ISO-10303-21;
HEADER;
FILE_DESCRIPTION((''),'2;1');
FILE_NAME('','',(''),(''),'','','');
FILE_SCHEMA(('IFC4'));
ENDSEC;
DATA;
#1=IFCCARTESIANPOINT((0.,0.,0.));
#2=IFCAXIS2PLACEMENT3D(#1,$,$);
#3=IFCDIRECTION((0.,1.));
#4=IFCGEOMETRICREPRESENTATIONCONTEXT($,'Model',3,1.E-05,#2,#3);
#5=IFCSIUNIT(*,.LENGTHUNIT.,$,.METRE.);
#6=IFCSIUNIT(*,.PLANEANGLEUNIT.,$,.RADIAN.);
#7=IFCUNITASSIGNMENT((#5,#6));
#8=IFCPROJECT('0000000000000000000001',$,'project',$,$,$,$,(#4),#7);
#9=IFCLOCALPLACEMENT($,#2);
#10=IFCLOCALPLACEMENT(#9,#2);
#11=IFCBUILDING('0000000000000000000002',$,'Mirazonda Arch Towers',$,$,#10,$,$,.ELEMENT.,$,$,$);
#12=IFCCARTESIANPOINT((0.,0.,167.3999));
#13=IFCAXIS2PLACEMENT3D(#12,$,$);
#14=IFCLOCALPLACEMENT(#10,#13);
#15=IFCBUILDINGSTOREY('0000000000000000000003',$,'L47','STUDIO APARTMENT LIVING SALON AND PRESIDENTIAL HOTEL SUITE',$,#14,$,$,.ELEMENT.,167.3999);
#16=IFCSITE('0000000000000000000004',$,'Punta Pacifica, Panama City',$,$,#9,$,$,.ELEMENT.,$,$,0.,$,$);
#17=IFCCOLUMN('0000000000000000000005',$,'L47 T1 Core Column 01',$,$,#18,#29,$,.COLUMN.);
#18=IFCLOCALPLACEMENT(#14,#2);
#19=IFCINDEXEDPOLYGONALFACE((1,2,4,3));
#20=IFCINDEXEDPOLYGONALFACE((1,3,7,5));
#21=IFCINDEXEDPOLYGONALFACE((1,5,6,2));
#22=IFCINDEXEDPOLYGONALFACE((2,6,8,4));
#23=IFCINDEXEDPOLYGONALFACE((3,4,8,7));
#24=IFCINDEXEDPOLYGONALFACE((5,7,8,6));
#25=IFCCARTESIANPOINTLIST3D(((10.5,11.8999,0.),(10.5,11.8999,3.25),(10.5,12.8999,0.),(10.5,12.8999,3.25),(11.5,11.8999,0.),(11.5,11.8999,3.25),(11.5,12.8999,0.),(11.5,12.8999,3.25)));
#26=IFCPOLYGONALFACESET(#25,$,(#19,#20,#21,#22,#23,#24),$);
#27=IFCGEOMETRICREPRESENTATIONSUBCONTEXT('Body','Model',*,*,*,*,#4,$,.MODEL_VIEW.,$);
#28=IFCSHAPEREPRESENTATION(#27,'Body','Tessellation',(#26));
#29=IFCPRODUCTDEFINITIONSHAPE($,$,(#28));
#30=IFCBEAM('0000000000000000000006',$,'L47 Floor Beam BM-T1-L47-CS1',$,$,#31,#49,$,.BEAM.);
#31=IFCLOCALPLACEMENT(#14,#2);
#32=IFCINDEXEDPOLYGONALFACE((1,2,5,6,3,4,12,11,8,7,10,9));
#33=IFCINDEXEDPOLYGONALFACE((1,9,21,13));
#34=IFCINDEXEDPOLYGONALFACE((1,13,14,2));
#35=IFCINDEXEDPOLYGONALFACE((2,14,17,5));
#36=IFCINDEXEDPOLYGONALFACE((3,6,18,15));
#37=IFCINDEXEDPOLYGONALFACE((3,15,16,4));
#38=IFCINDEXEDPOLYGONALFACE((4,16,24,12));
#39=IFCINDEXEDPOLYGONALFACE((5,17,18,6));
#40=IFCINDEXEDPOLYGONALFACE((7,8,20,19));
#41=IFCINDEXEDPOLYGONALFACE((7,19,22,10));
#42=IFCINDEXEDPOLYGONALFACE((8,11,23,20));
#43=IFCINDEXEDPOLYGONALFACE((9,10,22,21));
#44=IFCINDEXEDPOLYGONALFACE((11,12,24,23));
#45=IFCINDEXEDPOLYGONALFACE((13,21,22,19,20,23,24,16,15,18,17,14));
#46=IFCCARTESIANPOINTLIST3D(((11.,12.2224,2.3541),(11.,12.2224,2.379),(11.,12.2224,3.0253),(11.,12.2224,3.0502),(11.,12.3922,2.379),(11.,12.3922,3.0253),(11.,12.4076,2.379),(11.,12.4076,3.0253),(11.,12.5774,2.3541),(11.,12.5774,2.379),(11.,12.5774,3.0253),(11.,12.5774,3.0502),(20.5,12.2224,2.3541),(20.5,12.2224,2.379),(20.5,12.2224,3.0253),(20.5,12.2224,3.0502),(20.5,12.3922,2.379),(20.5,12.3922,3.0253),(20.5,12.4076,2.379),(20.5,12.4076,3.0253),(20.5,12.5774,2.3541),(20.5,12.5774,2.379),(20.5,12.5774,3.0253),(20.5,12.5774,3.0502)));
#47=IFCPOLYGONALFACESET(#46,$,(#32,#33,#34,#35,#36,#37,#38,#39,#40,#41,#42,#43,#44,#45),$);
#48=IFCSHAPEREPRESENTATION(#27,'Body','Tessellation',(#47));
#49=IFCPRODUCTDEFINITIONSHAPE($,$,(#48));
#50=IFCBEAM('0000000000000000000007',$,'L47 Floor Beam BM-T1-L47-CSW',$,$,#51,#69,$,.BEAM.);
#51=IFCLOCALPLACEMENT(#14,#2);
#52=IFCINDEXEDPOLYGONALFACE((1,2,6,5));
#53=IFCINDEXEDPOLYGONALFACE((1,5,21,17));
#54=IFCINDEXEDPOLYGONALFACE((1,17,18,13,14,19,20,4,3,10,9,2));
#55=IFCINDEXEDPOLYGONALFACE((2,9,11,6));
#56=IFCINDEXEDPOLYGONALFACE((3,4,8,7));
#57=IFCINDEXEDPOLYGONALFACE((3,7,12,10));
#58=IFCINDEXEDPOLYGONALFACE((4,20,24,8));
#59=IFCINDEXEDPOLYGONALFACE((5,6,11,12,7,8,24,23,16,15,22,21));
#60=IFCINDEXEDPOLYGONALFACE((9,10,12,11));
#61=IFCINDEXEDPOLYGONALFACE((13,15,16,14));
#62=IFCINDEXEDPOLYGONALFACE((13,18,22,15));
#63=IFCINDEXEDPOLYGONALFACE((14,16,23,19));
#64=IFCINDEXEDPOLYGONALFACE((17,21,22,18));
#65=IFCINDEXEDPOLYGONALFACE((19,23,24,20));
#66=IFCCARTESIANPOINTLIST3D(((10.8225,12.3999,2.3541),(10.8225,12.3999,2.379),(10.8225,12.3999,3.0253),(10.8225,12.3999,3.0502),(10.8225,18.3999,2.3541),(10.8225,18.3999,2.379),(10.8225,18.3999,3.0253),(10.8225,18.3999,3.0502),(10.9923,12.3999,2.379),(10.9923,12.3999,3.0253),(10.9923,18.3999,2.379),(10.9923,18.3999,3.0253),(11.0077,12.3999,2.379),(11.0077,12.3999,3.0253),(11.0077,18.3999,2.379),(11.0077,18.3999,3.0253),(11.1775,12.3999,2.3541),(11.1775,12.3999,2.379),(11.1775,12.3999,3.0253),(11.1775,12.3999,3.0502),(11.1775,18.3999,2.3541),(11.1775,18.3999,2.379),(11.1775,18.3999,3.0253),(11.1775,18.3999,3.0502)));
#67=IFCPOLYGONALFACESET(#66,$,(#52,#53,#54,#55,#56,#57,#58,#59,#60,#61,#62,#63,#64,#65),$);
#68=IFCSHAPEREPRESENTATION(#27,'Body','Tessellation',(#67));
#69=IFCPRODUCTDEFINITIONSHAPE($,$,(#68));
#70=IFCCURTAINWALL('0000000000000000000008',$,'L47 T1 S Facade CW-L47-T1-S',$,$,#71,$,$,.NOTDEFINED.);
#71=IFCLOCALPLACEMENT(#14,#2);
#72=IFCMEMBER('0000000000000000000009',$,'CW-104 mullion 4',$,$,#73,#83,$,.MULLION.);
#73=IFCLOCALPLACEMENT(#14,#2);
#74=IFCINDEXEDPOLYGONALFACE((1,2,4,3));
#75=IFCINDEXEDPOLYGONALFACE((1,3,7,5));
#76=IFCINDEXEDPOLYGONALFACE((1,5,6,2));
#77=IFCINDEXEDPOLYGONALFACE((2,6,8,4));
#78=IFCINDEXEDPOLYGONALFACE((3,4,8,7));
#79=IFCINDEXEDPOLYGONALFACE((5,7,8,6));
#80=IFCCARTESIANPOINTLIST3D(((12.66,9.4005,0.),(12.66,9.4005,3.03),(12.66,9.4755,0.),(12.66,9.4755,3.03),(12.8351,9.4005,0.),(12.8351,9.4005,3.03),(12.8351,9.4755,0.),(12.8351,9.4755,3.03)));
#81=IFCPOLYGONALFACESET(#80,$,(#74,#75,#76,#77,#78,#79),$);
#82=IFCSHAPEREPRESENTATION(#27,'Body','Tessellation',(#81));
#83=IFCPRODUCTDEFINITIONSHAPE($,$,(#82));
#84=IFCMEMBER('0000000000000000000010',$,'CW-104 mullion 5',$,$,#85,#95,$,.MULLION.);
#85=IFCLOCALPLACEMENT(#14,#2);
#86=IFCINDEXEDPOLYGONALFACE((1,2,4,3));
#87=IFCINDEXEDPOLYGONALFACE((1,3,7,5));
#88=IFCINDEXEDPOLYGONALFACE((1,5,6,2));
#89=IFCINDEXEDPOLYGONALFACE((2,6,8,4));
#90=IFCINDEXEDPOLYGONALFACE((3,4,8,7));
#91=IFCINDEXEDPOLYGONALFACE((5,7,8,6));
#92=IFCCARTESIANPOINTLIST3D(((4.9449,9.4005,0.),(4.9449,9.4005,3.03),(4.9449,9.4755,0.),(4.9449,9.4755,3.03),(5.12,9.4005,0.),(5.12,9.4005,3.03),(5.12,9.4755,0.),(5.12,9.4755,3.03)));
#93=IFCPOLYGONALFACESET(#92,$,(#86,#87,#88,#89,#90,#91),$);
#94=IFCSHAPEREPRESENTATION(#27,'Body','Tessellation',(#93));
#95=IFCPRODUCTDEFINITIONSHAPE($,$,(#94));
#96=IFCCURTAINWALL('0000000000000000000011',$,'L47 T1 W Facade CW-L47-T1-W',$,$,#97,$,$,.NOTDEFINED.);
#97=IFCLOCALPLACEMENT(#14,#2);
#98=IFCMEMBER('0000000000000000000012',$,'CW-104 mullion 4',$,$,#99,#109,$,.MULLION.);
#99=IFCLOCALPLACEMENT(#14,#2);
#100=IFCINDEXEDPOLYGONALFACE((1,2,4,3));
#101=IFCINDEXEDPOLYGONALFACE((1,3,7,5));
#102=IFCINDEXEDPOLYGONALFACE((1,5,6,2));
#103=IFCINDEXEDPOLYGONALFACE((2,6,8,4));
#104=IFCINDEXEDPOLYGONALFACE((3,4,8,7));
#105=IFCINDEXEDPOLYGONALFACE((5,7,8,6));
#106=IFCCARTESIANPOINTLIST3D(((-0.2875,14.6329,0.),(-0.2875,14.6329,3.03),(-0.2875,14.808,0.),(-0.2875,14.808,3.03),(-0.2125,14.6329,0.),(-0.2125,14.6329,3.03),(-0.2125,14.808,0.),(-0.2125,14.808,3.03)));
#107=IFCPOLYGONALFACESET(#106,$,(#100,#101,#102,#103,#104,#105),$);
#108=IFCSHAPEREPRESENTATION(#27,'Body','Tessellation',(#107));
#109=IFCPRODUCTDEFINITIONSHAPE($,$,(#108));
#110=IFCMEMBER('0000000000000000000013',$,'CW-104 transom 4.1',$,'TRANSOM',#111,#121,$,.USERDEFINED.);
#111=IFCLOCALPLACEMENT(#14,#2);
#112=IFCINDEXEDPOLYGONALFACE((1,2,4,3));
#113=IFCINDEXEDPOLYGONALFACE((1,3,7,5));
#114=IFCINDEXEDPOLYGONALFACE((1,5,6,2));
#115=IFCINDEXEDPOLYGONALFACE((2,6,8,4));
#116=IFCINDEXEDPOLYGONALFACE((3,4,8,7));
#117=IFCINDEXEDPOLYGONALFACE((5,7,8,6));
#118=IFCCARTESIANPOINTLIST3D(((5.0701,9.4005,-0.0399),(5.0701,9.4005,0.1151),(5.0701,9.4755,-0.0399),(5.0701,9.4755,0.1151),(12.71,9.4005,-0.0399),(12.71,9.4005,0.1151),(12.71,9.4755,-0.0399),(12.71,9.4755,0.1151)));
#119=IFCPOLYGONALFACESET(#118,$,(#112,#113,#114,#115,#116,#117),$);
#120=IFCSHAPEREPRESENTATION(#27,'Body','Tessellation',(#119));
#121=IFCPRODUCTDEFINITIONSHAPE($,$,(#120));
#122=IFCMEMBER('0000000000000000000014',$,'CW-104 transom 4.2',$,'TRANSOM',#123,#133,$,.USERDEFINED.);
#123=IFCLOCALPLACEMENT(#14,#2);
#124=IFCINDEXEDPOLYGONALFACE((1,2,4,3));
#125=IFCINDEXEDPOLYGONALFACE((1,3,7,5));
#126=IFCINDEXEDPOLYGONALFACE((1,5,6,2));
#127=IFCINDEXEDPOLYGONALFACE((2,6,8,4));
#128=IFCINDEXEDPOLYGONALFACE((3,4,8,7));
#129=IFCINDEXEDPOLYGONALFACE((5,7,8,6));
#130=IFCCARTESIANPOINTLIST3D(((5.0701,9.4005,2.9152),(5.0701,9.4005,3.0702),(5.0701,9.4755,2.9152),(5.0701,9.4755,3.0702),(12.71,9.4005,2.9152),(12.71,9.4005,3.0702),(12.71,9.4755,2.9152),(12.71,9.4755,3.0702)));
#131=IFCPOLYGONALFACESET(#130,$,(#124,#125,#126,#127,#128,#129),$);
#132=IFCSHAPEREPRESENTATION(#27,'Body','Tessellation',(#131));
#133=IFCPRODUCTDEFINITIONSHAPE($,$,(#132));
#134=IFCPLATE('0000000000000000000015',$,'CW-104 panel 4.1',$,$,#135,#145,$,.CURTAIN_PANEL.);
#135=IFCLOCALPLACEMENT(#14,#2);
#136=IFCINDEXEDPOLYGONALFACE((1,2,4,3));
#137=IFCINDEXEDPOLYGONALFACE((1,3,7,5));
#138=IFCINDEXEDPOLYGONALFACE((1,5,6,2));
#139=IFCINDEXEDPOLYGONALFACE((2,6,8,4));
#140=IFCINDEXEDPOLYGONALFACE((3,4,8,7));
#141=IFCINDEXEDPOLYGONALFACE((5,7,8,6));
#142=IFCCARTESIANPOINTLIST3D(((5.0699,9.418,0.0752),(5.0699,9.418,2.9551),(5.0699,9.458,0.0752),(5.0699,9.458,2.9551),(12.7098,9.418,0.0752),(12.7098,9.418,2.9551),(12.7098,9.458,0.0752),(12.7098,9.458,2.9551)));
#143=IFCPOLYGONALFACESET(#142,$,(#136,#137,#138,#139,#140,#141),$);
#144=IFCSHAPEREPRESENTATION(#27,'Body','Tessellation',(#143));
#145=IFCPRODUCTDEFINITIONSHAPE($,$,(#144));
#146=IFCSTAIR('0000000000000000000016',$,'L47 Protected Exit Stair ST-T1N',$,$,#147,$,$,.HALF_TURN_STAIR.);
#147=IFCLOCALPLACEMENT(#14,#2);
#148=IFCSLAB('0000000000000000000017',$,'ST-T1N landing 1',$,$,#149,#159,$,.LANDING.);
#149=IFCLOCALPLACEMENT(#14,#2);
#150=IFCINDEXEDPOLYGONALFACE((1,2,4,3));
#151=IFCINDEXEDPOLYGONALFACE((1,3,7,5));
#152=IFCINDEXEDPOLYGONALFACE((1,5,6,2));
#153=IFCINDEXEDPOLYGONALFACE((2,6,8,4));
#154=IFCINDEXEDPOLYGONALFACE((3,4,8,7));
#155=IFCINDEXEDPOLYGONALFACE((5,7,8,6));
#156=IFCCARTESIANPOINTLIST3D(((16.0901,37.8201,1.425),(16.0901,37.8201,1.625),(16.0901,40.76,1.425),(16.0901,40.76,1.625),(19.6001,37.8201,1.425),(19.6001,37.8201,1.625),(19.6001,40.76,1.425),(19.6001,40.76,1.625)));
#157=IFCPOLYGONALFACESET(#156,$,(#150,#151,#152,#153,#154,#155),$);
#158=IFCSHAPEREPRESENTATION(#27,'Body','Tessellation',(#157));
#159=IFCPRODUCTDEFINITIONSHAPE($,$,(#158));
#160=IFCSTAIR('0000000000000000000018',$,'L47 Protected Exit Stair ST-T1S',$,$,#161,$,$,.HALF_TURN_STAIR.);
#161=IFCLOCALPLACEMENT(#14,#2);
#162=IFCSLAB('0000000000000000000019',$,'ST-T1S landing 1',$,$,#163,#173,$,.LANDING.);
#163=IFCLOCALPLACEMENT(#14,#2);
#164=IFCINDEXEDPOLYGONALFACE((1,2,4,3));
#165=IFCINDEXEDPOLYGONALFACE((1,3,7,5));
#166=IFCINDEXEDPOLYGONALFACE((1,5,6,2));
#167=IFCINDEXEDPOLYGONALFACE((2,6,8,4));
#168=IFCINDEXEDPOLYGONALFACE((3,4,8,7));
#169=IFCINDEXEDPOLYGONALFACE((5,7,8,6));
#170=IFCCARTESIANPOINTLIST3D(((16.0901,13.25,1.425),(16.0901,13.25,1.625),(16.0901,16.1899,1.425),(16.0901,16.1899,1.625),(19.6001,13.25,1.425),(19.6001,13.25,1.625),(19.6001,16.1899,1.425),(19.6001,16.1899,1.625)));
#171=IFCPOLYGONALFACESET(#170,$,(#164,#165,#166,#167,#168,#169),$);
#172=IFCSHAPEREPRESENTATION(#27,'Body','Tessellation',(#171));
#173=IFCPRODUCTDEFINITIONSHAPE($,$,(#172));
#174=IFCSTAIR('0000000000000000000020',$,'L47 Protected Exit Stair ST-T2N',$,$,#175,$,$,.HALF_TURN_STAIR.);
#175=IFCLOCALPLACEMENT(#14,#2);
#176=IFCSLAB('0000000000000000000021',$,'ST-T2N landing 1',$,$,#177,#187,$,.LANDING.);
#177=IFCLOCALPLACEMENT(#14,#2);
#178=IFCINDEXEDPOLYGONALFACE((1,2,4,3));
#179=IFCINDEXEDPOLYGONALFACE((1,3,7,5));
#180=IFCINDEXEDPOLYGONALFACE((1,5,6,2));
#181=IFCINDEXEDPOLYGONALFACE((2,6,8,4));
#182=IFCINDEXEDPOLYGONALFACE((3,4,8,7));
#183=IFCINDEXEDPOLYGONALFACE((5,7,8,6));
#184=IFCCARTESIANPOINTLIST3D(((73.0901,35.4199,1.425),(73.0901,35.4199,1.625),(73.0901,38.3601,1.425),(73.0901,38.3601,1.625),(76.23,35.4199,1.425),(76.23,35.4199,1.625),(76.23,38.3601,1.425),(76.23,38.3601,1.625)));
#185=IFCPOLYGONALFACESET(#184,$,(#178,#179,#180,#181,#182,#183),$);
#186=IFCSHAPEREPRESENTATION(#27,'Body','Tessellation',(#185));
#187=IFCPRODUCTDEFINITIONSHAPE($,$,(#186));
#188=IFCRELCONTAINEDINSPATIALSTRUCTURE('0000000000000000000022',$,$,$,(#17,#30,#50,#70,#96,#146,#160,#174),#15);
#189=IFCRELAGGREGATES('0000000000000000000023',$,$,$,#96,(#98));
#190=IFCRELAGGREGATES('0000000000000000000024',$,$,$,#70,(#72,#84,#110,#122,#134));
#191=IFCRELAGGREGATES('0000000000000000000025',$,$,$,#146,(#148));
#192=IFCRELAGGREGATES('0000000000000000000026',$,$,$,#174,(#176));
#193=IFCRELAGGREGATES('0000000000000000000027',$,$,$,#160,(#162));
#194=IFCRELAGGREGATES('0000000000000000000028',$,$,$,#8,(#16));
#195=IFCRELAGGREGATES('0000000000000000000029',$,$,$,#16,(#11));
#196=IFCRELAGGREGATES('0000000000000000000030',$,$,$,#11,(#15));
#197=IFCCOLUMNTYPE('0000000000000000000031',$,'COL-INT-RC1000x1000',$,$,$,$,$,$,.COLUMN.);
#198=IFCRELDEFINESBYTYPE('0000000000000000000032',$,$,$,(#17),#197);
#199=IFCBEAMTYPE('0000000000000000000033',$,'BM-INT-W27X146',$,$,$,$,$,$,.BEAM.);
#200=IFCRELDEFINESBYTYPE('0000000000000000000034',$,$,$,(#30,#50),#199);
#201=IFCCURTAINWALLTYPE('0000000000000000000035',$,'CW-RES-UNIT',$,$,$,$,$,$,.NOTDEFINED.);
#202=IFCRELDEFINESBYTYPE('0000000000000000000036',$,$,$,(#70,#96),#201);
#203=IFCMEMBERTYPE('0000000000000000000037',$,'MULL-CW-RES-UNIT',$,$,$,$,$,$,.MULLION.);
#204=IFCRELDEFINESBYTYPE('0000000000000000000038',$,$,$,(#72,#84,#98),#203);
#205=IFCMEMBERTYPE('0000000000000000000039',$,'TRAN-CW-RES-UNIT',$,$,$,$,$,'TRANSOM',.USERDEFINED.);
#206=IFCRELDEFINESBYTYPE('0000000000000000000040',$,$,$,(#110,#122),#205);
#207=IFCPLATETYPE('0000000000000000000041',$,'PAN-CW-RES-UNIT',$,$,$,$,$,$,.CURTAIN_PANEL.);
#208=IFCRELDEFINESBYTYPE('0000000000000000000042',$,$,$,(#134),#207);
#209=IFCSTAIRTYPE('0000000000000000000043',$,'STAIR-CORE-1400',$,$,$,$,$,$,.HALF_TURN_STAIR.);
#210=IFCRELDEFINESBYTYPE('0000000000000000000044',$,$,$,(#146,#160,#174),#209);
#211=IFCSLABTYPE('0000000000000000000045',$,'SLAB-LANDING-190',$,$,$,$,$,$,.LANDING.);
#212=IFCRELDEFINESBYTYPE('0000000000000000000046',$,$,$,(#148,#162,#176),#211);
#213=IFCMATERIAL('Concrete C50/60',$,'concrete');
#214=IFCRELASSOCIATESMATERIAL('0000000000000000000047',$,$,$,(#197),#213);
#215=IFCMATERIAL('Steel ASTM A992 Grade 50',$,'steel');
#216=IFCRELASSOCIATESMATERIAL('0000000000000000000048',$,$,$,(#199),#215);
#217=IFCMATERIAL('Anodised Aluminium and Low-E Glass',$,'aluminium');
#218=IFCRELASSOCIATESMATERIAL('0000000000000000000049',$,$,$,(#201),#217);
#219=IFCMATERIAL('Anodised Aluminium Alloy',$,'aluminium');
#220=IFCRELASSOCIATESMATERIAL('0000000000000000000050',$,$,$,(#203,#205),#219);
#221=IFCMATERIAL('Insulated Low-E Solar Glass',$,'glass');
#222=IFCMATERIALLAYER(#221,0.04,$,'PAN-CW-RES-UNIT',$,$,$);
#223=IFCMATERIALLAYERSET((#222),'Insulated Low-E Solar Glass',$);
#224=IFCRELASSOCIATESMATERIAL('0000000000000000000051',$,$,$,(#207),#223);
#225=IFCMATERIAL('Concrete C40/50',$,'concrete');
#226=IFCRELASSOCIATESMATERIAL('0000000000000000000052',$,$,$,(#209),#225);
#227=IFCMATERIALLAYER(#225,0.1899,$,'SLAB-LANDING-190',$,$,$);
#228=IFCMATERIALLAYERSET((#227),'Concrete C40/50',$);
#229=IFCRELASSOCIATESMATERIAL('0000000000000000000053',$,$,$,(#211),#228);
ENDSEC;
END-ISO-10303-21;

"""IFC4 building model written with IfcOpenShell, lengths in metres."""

from ifc_helpers import new_model, si_unit, direction, frame, origin, origin_2d, place, context, subcontext, project, spatial, polyline, rectangle, i_section, outline, extrude, material, layer, layer_set, material_profile, profile_set, type_object, element, aggregate, save


model = new_model("IFC4")

# Units and contexts
model_context = context("Model", 3, precision=1e-05, world=origin(), true_north=direction((0.0, 1.0)))
body_context = subcontext(model_context, "Body", "Model", "MODEL_VIEW")
ifc_project = project(units=[si_unit("LENGTHUNIT", "METRE"), si_unit("PLANEANGLEUNIT", "RADIAN")], contexts=[model_context])

# Site, building, storey
site_placement = place(None, origin())
site = spatial("IfcSite", under=ifc_project, at=site_placement, Name="Punta Pacifica, Panama City", CompositionType="ELEMENT", RefElevation=0.0)
building_placement = place(site_placement, origin())
building = spatial("IfcBuilding", under=site, at=building_placement, Name="Mirazonda Arch Towers", CompositionType="ELEMENT")
storey_placement = place(building_placement, frame((0.0, 0.0, 167.3999)))
storey = spatial("IfcBuildingStorey", under=building, at=storey_placement, Name="L47", Description="STUDIO APARTMENT LIVING SALON AND PRESIDENTIAL HOTEL SUITE", CompositionType="ELEMENT", Elevation=167.3999)

# Column
ifc_material_1 = material(Name="Concrete C50/60", Category="concrete")
ifc_material_profile_1 = material_profile(ifc_material_1, rectangle(XDim=1.0, YDim=1.0, at=origin_2d()), Name="RC1000x1000")
ifc_profile_set_1 = profile_set([ifc_material_profile_1], Name="Concrete C50/60")
column_type = type_object("IfcColumnType", Name="COL-INT-RC1000x1000", PredefinedType="COLUMN", material=ifc_profile_set_1)
column_placement = place(storey_placement, frame((11.0, 12.3999, 0.0), z_axis=(0.0, 0.0, 1.0), x_axis=(1.0, 0.0, 0.0)))
element("IfcColumn", 1, at=column_placement, inside=storey, type_object=column_type, Name="L47 T1 Core Column 01", PredefinedType="COLUMN", context=body_context, shape_type="SweptSolid", body=[
    extrude(rectangle(XDim=1.0, YDim=1.0, at=origin_2d()), origin(), (0.0, 0.0, 1.0), 3.25),
])

# Beams
ifc_material_2 = material(Name="Steel ASTM A992 Grade 50", Category="steel")
ifc_material_profile_2 = material_profile(ifc_material_2, i_section(OverallWidth=0.355, OverallDepth=0.696, WebThickness=0.0154, FlangeThickness=0.0249, at=origin_2d()), Name="W27X146")
ifc_profile_set_2 = profile_set([ifc_material_profile_2], Name="Steel ASTM A992 Grade 50")
beam_type = type_object("IfcBeamType", Name="BM-INT-W27X146", PredefinedType="BEAM", material=ifc_profile_set_2)
beam_1_placement = place(storey_placement, frame((11.0, 12.3999, 2.7021), z_axis=(1.0, 0.0, 0.0), x_axis=(0.0, 1.0, 0.0)))
element("IfcBeam", 2, at=beam_1_placement, inside=storey, type_object=beam_type, Name="L47 Floor Beam BM-T1-L47-CS1", PredefinedType="BEAM", context=body_context, shape_type="SweptSolid", body=[
    extrude(i_section(OverallWidth=0.355, OverallDepth=0.696, WebThickness=0.0154, FlangeThickness=0.0249, at=origin_2d()), origin(), (0.0, 0.0, 1.0), 9.5),
])
beam_2_placement = place(storey_placement, frame((11.0, 12.3999, 2.7021), z_axis=(0.0, 1.0, 0.0), x_axis=(-1.0, 0.0, 0.0)))
element("IfcBeam", 3, at=beam_2_placement, inside=storey, type_object=beam_type, Name="L47 Floor Beam BM-T1-L47-CSW", PredefinedType="BEAM", context=body_context, shape_type="SweptSolid", body=[
    extrude(i_section(OverallWidth=0.355, OverallDepth=0.696, WebThickness=0.0154, FlangeThickness=0.0249, at=origin_2d()), origin(), (0.0, 0.0, 1.0), 6.0),
])

# Curtain wall, members
ifc_material_3 = material(Name="Anodised Aluminium and Low-E Glass", Category="aluminium")
curtain_wall_type = type_object("IfcCurtainWallType", Name="CW-RES-UNIT", PredefinedType="NOTDEFINED", material=ifc_material_3)
curtain_wall_1_placement = place(storey_placement, origin())
curtain_wall_1 = element("IfcCurtainWall", 4, at=curtain_wall_1_placement, inside=storey, type_object=curtain_wall_type, Name="L47 T1 S Facade CW-L47-T1-S", PredefinedType="NOTDEFINED")
ifc_material_4 = material(Name="Anodised Aluminium Alloy", Category="aluminium")
ifc_material_profile_3 = material_profile(ifc_material_4, rectangle(XDim=0.075, YDim=0.175, at=origin_2d()), Name="ALU-MULL-75x175")
ifc_profile_set_3 = profile_set([ifc_material_profile_3], Name="Anodised Aluminium Alloy")
member_type_1 = type_object("IfcMemberType", Name="MULL-CW-RES-UNIT", PredefinedType="MULLION", material=ifc_profile_set_3)
member_1_placement = place(storey_placement, frame((12.7476, 9.438, 0.0), z_axis=(0.0, 0.0, 1.0), x_axis=(0.0, -1.0, 0.0)))
member_1 = element("IfcMember", 5, at=member_1_placement, type_object=member_type_1, Name="CW-104 mullion 4", PredefinedType="MULLION", context=body_context, shape_type="SweptSolid", body=[
    extrude(rectangle(XDim=0.075, YDim=0.175, at=origin_2d()), origin(), (0.0, 0.0, 1.0), 3.03),
])
member_2_placement = place(storey_placement, frame((5.0325, 9.438, 0.0), z_axis=(0.0, 0.0, 1.0), x_axis=(0.0, -1.0, 0.0)))
member_2 = element("IfcMember", 6, at=member_2_placement, type_object=member_type_1, Name="CW-104 mullion 5", PredefinedType="MULLION", context=body_context, shape_type="SweptSolid", body=[
    extrude(rectangle(XDim=0.075, YDim=0.175, at=origin_2d()), origin(), (0.0, 0.0, 1.0), 3.03),
])

# Curtain wall, member
curtain_wall_2_placement = place(storey_placement, origin())
curtain_wall_2 = element("IfcCurtainWall", 7, at=curtain_wall_2_placement, inside=storey, type_object=curtain_wall_type, Name="L47 T1 W Facade CW-L47-T1-W", PredefinedType="NOTDEFINED")
member_3_placement = place(storey_placement, frame((-0.25, 14.7205, 0.0), z_axis=(0.0, 0.0, 1.0), x_axis=(1.0, 0.0, 0.0)))
member_3 = element("IfcMember", 8, at=member_3_placement, type_object=member_type_1, Name="CW-104 mullion 4", PredefinedType="MULLION", context=body_context, shape_type="SweptSolid", body=[
    extrude(rectangle(XDim=0.075, YDim=0.175, at=origin_2d()), origin(), (0.0, 0.0, 1.0), 3.03),
])
aggregate(curtain_wall_2, [member_3])

# Members
ifc_material_profile_4 = material_profile(ifc_material_4, rectangle(XDim=0.075, YDim=0.155, at=origin_2d()), Name="ALU-TRAN-75x155")
ifc_profile_set_4 = profile_set([ifc_material_profile_4], Name="Anodised Aluminium Alloy")
member_type_2 = type_object("IfcMemberType", Name="TRAN-CW-RES-UNIT", ElementType="TRANSOM", PredefinedType="USERDEFINED", material=ifc_profile_set_4)
member_4_placement = place(storey_placement, frame((12.71, 9.438, 0.0376), z_axis=(-1.0, 0.0, 0.0), x_axis=(0.0, -1.0, 0.0)))
member_4 = element("IfcMember", 9, at=member_4_placement, type_object=member_type_2, Name="CW-104 transom 4.1", ObjectType="TRANSOM", PredefinedType="USERDEFINED", context=body_context, shape_type="SweptSolid", body=[
    extrude(rectangle(XDim=0.075, YDim=0.155, at=origin_2d()), origin(), (0.0, 0.0, 1.0), 7.6399),
])
member_5_placement = place(storey_placement, frame((12.71, 9.438, 2.9927), z_axis=(-1.0, 0.0, 0.0), x_axis=(0.0, -1.0, 0.0)))
member_5 = element("IfcMember", 10, at=member_5_placement, type_object=member_type_2, Name="CW-104 transom 4.2", ObjectType="TRANSOM", PredefinedType="USERDEFINED", context=body_context, shape_type="SweptSolid", body=[
    extrude(rectangle(XDim=0.075, YDim=0.155, at=origin_2d()), origin(), (0.0, 0.0, 1.0), 7.6399),
])

# Plate
ifc_material_5 = material(Name="Insulated Low-E Solar Glass", Category="glass")
ifc_layer_1 = layer(ifc_material_5, 0.04, Name="PAN-CW-RES-UNIT")
ifc_layer_set_1 = layer_set([ifc_layer_1], Name="Insulated Low-E Solar Glass")
plate_type = type_object("IfcPlateType", Name="PAN-CW-RES-UNIT", PredefinedType="CURTAIN_PANEL", material=ifc_layer_set_1)
plate_placement = place(storey_placement, frame((8.8899, 9.438, 0.0752), z_axis=(0.0, 0.0, 1.0), x_axis=(-1.0, 0.0, 0.0)))
plate = element("IfcPlate", 11, at=plate_placement, type_object=plate_type, Name="CW-104 panel 4.1", PredefinedType="CURTAIN_PANEL", context=body_context, shape_type="SweptSolid", body=[
    extrude(rectangle(XDim=7.6399, YDim=0.04, at=origin_2d()), origin(), (0.0, 0.0, 1.0), 2.8799),
])
aggregate(curtain_wall_1, [member_1, member_2, member_4, member_5, plate])

# Stairs, slabs
ifc_material_6 = material(Name="Concrete C40/50", Category="concrete")
stair_type = type_object("IfcStairType", Name="STAIR-CORE-1400", PredefinedType="HALF_TURN_STAIR", material=ifc_material_6)
stair_1_placement = place(storey_placement, origin())
stair_1 = element("IfcStair", 12, at=stair_1_placement, inside=storey, type_object=stair_type, Name="L47 Protected Exit Stair ST-T1N", PredefinedType="HALF_TURN_STAIR")
ifc_layer_2 = layer(ifc_material_6, 0.1899, Name="SLAB-LANDING-190")
ifc_layer_set_2 = layer_set([ifc_layer_2], Name="Concrete C40/50")
slab_type_1 = type_object("IfcSlabType", Name="SLAB-LANDING-190", PredefinedType="LANDING", material=ifc_layer_set_2)
slab_1_placement = place(storey_placement, frame((0.0, 0.0, 1.425)))
slab_1 = element("IfcSlab", 13, at=slab_1_placement, type_object=slab_type_1, Name="ST-T1N landing 1", PredefinedType="LANDING", context=body_context, shape_type="SweptSolid", body=[
    extrude(outline(polyline([(16.0901, 37.8201), (19.6001, 37.8201), (19.6001, 40.76), (16.0901, 40.76), (16.0901, 37.8201)])), origin(), (0.0, 0.0, 1.0), 0.2),
])
aggregate(stair_1, [slab_1])
stair_2_placement = place(storey_placement, origin())
stair_2 = element("IfcStair", 14, at=stair_2_placement, inside=storey, type_object=stair_type, Name="L47 Protected Exit Stair ST-T1S", PredefinedType="HALF_TURN_STAIR")
slab_2_placement = place(storey_placement, frame((0.0, 0.0, 1.425)))
slab_2 = element("IfcSlab", 15, at=slab_2_placement, type_object=slab_type_1, Name="ST-T1S landing 1", PredefinedType="LANDING", context=body_context, shape_type="SweptSolid", body=[
    extrude(outline(polyline([(16.0901, 13.25), (19.6001, 13.25), (19.6001, 16.1899), (16.0901, 16.1899), (16.0901, 13.25)])), origin(), (0.0, 0.0, 1.0), 0.2),
])
stair_3_placement = place(storey_placement, origin())
stair_3 = element("IfcStair", 16, at=stair_3_placement, inside=storey, type_object=stair_type, Name="L47 Protected Exit Stair ST-T2N", PredefinedType="HALF_TURN_STAIR")
slab_3_placement = place(storey_placement, frame((0.0, 0.0, 1.425)))
slab_3 = element("IfcSlab", 17, at=slab_3_placement, type_object=slab_type_1, Name="ST-T2N landing 1", PredefinedType="LANDING", context=body_context, shape_type="SweptSolid", body=[
    extrude(outline(polyline([(73.0901, 35.4199), (76.23, 35.4199), (76.23, 38.3601), (73.0901, 38.3601), (73.0901, 35.4199)])), origin(), (0.0, 0.0, 1.0), 0.2),
])
aggregate(stair_3, [slab_3])

aggregate(stair_2, [slab_2])

save(model, "model.ifc")
